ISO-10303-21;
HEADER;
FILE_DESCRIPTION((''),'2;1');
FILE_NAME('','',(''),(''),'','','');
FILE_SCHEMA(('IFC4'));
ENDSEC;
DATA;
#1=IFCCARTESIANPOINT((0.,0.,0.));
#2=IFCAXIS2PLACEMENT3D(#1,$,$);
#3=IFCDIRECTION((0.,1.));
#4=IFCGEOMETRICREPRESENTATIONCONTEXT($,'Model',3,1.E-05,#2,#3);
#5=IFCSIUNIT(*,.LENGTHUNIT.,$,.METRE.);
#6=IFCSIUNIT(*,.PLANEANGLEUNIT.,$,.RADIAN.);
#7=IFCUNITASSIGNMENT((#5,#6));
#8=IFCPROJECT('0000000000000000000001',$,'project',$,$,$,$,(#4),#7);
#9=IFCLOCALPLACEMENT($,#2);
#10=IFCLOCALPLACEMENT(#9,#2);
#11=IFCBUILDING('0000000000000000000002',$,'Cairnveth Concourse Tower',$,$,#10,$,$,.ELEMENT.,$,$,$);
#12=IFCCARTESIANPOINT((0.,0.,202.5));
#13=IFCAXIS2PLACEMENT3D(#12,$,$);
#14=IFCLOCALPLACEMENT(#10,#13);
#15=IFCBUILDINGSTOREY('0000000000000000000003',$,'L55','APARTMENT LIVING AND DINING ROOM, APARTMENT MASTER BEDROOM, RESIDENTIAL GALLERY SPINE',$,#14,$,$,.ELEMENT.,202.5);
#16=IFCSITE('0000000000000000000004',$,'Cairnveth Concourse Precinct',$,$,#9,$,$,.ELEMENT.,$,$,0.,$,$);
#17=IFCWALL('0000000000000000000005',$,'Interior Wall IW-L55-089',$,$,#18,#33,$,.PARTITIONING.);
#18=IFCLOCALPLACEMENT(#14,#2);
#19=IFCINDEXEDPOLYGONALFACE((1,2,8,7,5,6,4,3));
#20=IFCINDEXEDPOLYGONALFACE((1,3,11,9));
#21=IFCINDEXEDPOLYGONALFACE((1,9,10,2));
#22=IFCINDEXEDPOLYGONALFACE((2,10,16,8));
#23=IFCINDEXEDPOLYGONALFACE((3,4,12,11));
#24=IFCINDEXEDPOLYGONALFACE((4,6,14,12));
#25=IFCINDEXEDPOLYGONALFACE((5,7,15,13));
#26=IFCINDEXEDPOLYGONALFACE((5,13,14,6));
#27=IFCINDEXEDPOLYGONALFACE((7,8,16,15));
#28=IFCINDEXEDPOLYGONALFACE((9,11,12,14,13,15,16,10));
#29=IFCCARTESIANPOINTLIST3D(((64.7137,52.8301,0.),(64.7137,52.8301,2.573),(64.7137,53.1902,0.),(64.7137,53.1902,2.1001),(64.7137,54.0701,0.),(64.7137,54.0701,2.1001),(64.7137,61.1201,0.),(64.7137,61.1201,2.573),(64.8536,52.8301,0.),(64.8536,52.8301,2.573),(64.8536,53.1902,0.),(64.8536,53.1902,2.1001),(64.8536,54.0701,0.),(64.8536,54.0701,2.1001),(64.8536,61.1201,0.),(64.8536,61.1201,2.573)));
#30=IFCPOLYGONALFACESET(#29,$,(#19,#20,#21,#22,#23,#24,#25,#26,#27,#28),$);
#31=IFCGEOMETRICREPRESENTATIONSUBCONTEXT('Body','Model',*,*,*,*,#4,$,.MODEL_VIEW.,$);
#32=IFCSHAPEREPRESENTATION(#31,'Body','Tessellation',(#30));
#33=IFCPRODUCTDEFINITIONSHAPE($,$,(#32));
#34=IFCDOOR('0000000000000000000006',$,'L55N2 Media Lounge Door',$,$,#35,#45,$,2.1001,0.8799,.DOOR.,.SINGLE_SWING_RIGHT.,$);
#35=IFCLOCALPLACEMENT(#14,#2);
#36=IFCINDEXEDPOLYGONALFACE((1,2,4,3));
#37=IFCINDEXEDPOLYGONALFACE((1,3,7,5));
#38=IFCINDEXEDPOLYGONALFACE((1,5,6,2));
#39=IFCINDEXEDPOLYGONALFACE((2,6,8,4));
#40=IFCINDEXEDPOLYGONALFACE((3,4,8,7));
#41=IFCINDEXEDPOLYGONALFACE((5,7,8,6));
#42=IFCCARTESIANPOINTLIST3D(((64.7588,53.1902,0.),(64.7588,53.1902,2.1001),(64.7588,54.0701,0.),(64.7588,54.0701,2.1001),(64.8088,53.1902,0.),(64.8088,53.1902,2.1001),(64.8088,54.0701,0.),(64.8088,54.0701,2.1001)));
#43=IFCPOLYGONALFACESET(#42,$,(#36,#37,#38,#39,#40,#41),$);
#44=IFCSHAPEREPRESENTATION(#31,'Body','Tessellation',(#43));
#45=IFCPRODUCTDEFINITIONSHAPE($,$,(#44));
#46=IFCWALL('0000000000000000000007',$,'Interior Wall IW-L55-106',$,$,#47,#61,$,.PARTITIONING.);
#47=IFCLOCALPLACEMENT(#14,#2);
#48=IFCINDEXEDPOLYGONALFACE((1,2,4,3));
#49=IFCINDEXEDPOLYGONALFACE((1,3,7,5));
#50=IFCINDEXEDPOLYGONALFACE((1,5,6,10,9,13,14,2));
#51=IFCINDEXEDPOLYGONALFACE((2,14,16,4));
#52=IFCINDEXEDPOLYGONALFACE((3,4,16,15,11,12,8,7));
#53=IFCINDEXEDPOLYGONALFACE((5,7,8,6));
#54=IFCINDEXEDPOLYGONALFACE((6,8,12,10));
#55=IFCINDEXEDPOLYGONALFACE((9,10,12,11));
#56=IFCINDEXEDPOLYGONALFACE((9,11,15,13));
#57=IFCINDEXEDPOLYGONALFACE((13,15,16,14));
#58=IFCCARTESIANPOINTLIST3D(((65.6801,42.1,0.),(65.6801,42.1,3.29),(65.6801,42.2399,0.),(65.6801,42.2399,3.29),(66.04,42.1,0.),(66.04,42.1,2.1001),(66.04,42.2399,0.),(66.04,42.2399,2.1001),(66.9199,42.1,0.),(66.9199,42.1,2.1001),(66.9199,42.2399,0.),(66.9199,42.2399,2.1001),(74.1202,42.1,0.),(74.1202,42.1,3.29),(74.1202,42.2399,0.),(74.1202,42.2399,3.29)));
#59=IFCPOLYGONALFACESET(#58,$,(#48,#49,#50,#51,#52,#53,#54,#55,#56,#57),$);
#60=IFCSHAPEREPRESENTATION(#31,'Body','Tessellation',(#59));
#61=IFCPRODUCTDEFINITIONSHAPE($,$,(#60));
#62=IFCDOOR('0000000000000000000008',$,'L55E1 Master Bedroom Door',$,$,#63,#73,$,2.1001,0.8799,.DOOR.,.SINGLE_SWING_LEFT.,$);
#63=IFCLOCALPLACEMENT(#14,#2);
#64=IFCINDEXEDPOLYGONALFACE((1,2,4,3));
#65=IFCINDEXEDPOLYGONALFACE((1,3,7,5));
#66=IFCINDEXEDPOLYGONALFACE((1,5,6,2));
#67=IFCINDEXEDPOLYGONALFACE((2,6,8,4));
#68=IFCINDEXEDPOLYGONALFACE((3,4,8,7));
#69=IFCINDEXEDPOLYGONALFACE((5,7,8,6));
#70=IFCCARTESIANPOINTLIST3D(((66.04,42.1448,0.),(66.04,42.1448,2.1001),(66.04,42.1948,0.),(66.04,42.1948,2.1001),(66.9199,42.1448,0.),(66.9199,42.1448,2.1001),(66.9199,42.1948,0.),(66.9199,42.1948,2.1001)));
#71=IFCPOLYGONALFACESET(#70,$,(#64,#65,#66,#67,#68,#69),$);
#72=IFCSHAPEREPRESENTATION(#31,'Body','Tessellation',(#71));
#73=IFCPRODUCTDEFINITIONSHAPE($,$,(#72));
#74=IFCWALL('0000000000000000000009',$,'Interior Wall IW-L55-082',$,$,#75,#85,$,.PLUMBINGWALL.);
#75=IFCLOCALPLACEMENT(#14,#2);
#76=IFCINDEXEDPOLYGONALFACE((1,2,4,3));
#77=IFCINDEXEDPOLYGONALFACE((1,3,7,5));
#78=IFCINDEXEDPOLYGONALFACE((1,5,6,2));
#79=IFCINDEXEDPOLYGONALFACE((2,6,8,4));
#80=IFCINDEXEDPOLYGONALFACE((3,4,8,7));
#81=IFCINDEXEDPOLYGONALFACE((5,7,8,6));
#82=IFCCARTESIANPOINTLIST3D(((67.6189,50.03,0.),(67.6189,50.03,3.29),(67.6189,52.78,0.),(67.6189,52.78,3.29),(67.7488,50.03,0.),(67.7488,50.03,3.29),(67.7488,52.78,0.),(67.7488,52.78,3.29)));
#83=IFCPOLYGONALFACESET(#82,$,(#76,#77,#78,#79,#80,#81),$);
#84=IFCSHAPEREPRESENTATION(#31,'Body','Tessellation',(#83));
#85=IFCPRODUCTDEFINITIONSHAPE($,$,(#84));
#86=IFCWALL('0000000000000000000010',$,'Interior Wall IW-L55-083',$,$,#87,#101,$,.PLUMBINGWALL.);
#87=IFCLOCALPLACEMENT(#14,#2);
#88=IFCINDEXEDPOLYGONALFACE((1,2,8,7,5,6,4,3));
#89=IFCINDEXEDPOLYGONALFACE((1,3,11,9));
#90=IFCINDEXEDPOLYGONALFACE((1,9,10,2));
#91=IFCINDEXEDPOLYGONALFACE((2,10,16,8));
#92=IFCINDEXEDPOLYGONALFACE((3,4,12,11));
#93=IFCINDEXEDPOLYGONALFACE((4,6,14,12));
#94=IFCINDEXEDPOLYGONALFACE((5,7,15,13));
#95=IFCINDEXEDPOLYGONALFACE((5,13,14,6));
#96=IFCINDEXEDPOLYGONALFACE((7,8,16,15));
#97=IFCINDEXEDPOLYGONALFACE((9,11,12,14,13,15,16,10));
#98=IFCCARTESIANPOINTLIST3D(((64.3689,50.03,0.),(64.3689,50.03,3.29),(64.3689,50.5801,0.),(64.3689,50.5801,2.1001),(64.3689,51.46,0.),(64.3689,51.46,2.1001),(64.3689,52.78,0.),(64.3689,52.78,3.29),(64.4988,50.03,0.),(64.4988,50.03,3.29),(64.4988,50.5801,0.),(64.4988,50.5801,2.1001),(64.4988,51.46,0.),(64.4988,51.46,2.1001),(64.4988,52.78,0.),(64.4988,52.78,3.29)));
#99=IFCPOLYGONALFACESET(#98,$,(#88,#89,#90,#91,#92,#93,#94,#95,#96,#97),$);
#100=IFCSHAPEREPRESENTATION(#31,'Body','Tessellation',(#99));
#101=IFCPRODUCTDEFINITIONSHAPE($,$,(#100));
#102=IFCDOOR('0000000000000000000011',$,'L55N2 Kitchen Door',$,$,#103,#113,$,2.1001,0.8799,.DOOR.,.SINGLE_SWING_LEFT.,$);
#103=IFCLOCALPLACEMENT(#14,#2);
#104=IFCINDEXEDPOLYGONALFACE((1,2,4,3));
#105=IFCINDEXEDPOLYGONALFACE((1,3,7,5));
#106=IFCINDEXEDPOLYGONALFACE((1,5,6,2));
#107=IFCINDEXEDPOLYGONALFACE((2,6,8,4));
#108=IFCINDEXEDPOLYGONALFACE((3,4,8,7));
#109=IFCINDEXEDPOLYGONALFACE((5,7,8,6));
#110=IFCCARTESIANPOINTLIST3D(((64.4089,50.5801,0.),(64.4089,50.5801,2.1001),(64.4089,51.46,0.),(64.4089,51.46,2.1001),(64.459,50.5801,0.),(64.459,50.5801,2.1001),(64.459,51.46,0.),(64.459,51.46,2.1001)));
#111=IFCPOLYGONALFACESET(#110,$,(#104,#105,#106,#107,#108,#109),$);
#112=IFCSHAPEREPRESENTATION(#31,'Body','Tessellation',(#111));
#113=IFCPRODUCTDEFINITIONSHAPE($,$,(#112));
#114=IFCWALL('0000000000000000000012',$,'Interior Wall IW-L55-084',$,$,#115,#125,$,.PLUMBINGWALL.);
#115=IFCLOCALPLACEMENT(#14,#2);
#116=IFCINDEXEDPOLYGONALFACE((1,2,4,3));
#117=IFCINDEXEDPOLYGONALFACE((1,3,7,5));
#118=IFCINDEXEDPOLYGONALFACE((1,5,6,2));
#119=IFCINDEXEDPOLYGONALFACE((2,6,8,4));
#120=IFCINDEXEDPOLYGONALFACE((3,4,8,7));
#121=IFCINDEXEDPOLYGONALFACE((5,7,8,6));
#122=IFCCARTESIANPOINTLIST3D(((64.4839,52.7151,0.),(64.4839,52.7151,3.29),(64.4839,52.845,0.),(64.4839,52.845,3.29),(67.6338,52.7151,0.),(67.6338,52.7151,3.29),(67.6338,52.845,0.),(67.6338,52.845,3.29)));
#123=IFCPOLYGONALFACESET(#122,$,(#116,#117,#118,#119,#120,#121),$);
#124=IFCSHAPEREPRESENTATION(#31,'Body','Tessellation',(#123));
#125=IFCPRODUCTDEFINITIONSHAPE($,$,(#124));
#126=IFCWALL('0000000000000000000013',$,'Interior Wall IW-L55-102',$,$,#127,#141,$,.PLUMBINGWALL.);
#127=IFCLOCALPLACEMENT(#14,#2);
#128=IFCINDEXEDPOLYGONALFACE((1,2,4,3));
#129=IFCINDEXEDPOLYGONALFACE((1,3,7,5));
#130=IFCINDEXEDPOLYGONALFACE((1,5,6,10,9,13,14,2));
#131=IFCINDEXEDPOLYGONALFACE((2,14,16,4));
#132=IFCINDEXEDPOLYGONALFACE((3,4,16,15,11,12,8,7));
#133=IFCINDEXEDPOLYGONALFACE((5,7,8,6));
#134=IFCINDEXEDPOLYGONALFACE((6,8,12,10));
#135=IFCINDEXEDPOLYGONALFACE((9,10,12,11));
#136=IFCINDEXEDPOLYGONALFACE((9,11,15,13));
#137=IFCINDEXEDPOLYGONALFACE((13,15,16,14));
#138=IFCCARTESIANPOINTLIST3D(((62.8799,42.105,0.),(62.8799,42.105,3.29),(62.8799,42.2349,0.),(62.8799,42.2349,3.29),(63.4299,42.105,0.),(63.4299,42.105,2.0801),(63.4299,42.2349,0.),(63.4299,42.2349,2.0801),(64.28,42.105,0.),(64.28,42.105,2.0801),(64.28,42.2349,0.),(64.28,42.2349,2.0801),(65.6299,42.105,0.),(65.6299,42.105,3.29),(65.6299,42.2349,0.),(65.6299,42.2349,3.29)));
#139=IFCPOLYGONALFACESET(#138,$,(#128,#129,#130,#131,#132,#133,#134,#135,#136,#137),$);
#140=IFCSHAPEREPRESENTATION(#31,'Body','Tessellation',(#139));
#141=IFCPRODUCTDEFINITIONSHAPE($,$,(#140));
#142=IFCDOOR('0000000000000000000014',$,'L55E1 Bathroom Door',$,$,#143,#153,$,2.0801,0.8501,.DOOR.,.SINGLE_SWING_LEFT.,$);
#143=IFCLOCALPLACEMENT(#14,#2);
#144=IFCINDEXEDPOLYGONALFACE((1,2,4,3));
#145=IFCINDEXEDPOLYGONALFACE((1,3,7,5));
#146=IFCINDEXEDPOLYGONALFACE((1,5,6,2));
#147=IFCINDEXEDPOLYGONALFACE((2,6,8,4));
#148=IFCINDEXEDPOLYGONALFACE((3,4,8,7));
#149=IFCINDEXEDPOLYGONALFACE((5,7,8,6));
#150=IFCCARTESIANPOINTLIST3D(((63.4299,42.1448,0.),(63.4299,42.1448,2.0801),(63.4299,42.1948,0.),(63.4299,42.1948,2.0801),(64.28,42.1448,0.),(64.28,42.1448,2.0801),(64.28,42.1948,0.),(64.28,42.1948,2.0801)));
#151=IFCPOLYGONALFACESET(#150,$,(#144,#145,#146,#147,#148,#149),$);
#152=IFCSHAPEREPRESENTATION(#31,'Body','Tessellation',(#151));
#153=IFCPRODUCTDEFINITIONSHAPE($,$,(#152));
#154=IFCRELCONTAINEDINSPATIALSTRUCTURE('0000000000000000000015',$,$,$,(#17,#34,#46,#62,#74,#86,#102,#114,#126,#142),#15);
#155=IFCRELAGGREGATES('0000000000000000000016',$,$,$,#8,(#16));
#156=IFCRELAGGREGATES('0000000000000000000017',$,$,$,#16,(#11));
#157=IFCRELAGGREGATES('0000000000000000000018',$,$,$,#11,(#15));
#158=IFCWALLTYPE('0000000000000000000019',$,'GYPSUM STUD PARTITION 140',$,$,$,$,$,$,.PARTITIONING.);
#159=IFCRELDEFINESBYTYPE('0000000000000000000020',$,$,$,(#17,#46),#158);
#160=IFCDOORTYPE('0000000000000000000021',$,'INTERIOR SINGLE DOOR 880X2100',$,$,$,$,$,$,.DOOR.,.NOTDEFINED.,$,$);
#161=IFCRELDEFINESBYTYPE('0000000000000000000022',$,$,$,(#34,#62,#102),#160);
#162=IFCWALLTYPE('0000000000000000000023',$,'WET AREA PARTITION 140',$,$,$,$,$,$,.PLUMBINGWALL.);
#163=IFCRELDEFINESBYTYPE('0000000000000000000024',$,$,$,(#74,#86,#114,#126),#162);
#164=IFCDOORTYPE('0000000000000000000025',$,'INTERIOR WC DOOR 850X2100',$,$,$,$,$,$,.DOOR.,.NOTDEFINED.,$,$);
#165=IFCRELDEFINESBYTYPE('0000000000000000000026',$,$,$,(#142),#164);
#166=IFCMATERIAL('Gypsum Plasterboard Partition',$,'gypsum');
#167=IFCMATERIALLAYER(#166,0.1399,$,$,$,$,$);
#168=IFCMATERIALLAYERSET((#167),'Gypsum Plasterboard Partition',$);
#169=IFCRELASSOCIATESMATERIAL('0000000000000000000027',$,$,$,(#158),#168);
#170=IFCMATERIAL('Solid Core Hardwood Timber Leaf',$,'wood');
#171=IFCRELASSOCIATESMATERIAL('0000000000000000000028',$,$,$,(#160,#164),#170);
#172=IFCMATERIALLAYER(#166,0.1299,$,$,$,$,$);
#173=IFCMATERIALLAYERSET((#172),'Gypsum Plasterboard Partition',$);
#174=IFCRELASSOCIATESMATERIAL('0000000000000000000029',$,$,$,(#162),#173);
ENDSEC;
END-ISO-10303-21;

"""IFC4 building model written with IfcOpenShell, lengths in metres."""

from ifc_helpers import new_model, si_unit, direction, frame, frame_2d, origin, place, context, subcontext, project, spatial, rectangle, extrude, material, layer, layer_set, type_object, element, fill, save


model = new_model("IFC4")

# Units and contexts
model_context = context("Model", 3, precision=1e-05, world=origin(), true_north=direction((0.0, 1.0)))
body_context = subcontext(model_context, "Body", "Model", "MODEL_VIEW")
ifc_project = project(units=[si_unit("LENGTHUNIT", "METRE"), si_unit("PLANEANGLEUNIT", "RADIAN")], contexts=[model_context])

# Site, building, storey
site_placement = place(None, origin())
site = spatial("IfcSite", under=ifc_project, at=site_placement, Name="Cairnveth Concourse Precinct", CompositionType="ELEMENT", RefElevation=0.0)
building_placement = place(site_placement, origin())
building = spatial("IfcBuilding", under=site, at=building_placement, Name="Cairnveth Concourse Tower", CompositionType="ELEMENT")
storey_placement = place(building_placement, frame((0.0, 0.0, 202.5)))
storey = spatial("IfcBuildingStorey", under=building, at=storey_placement, Name="L55", Description="APARTMENT LIVING AND DINING ROOM, APARTMENT MASTER BEDROOM, RESIDENTIAL GALLERY SPINE", CompositionType="ELEMENT", Elevation=202.5)

# Shared definitions
ifc_material_1 = material(Name="Gypsum Plasterboard Partition", Category="gypsum")

# Walls, openings, doors
ifc_layer_1 = layer(ifc_material_1, 0.1399)
ifc_layer_set_1 = layer_set([ifc_layer_1], Name="Gypsum Plasterboard Partition")
wall_type_1 = type_object("IfcWallType", Name="GYPSUM STUD PARTITION 140", PredefinedType="PARTITIONING", material=ifc_layer_set_1)
ifc_material_2 = material(Name="Solid Core Hardwood Timber Leaf", Category="wood")
door_type_1 = type_object("IfcDoorType", Name="INTERIOR SINGLE DOOR 880X2100", OperationType="NOTDEFINED", PredefinedType="DOOR", material=ifc_material_2)
wall_1_placement = place(storey_placement, frame((64.7837, 52.8301, 0.0), z_axis=(0.0, 0.0, 1.0), x_axis=(0.0, 1.0, 0.0)))
wall_1 = element("IfcWall", 1, at=wall_1_placement, inside=storey, type_object=wall_type_1, Name="Interior Wall IW-L55-089", PredefinedType="PARTITIONING", context=body_context, shape_type="SweptSolid", body=[
    extrude(rectangle(XDim=8.29, YDim=0.1399, at=frame_2d((4.145, 0.0))), origin(), (0.0, 0.0, 1.0), 2.573),
])
opening_1_placement = place(wall_1_placement, frame((0.3601, 0.0, 0.0)))
opening_1 = element("IfcOpeningElement", 2, at=opening_1_placement, cuts=wall_1, PredefinedType="OPENING", context=body_context, shape_type="SweptSolid", body=[
    extrude(rectangle(XDim=0.8799, YDim=2.1001, at=frame_2d((0.4399, 1.05))), frame((0.0, 0.0798, 0.0), z_axis=(0.0, -1.0, 0.0), x_axis=(1.0, 0.0, 0.0)), (0.0, 0.0, 1.0), 0.1599),
])
door_1_placement = place(opening_1_placement, origin())
door_1 = element("IfcDoor", 3, at=door_1_placement, inside=storey, type_object=door_type_1, Name="L55N2 Media Lounge Door", OperationType="SINGLE_SWING_RIGHT", OverallHeight=2.1001, OverallWidth=0.8799, PredefinedType="DOOR", context=body_context, shape_type="SweptSolid", body=[
    extrude(rectangle(XDim=0.8799, YDim=2.1001, at=frame_2d((0.4399, 1.05))), frame((0.0, 0.0249, 0.0), z_axis=(0.0, -1.0, 0.0), x_axis=(1.0, 0.0, 0.0)), (0.0, 0.0, 1.0), 0.05),
])
fill(opening_1, door_1)
wall_2_placement = place(storey_placement, frame((65.6799, 42.1699, 0.0), z_axis=(0.0, 0.0, 1.0), x_axis=(1.0, 0.0, 0.0)))
wall_2 = element("IfcWall", 4, at=wall_2_placement, inside=storey, type_object=wall_type_1, Name="Interior Wall IW-L55-106", PredefinedType="PARTITIONING", context=body_context, shape_type="SweptSolid", body=[
    extrude(rectangle(XDim=8.4402, YDim=0.1399, at=frame_2d((4.2202, 0.0))), origin(), (0.0, 0.0, 1.0), 3.29),
])
opening_2_placement = place(wall_2_placement, frame((0.3601, 0.0, 0.0)))
opening_2 = element("IfcOpeningElement", 5, at=opening_2_placement, cuts=wall_2, PredefinedType="OPENING", context=body_context, shape_type="SweptSolid", body=[
    extrude(rectangle(XDim=0.8799, YDim=2.1001, at=frame_2d((0.4399, 1.05))), frame((0.0, 0.0798, 0.0), z_axis=(0.0, -1.0, 0.0), x_axis=(1.0, 0.0, 0.0)), (0.0, 0.0, 1.0), 0.1599),
])
door_2_placement = place(opening_2_placement, origin())
door_2 = element("IfcDoor", 6, at=door_2_placement, inside=storey, type_object=door_type_1, Name="L55E1 Master Bedroom Door", OperationType="SINGLE_SWING_LEFT", OverallHeight=2.1001, OverallWidth=0.8799, PredefinedType="DOOR", context=body_context, shape_type="SweptSolid", body=[
    extrude(rectangle(XDim=0.8799, YDim=2.1001, at=frame_2d((0.4399, 1.05))), frame((0.0, 0.0249, 0.0), z_axis=(0.0, -1.0, 0.0), x_axis=(1.0, 0.0, 0.0)), (0.0, 0.0, 1.0), 0.05),
])
fill(opening_2, door_2)

# Wall
ifc_layer_2 = layer(ifc_material_1, 0.1299)
ifc_layer_set_2 = layer_set([ifc_layer_2], Name="Gypsum Plasterboard Partition")
wall_type_2 = type_object("IfcWallType", Name="WET AREA PARTITION 140", PredefinedType="PLUMBINGWALL", material=ifc_layer_set_2)
wall_3_placement = place(storey_placement, frame((67.6838, 50.03, 0.0), z_axis=(0.0, 0.0, 1.0), x_axis=(0.0, 1.0, 0.0)))
element("IfcWall", 7, at=wall_3_placement, inside=storey, type_object=wall_type_2, Name="Interior Wall IW-L55-082", PredefinedType="PLUMBINGWALL", context=body_context, shape_type="SweptSolid", body=[
    extrude(rectangle(XDim=2.75, YDim=0.1299, at=frame_2d((1.375, 0.0))), origin(), (0.0, 0.0, 1.0), 3.29),
])

# Wall, opening, door
wall_4_placement = place(storey_placement, frame((64.4338, 50.03, 0.0), z_axis=(0.0, 0.0, 1.0), x_axis=(0.0, 1.0, 0.0)))
wall_4 = element("IfcWall", 8, at=wall_4_placement, inside=storey, type_object=wall_type_2, Name="Interior Wall IW-L55-083", PredefinedType="PLUMBINGWALL", context=body_context, shape_type="SweptSolid", body=[
    extrude(rectangle(XDim=2.75, YDim=0.1299, at=frame_2d((1.375, 0.0))), origin(), (0.0, 0.0, 1.0), 3.29),
])
opening_3_placement = place(wall_4_placement, frame((0.55, 0.0, 0.0)))
opening_3 = element("IfcOpeningElement", 9, at=opening_3_placement, cuts=wall_4, PredefinedType="OPENING", context=body_context, shape_type="SweptSolid", body=[
    extrude(rectangle(XDim=0.8799, YDim=2.1001, at=frame_2d((0.4399, 1.05))), frame((0.0, 0.075, 0.0), z_axis=(0.0, -1.0, 0.0), x_axis=(1.0, 0.0, 0.0)), (0.0, 0.0, 1.0), 0.1499),
])
door_3_placement = place(opening_3_placement, origin())
door_3 = element("IfcDoor", 10, at=door_3_placement, inside=storey, type_object=door_type_1, Name="L55N2 Kitchen Door", OperationType="SINGLE_SWING_LEFT", OverallHeight=2.1001, OverallWidth=0.8799, PredefinedType="DOOR", context=body_context, shape_type="SweptSolid", body=[
    extrude(rectangle(XDim=0.8799, YDim=2.1001, at=frame_2d((0.4399, 1.05))), frame((0.0, 0.0249, 0.0), z_axis=(0.0, -1.0, 0.0), x_axis=(1.0, 0.0, 0.0)), (0.0, 0.0, 1.0), 0.05),
])
fill(opening_3, door_3)

# Wall
wall_5_placement = place(storey_placement, frame((64.4839, 52.78, 0.0), z_axis=(0.0, 0.0, 1.0), x_axis=(1.0, 0.0, 0.0)))
element("IfcWall", 11, at=wall_5_placement, inside=storey, type_object=wall_type_2, Name="Interior Wall IW-L55-084", PredefinedType="PLUMBINGWALL", context=body_context, shape_type="SweptSolid", body=[
    extrude(rectangle(XDim=3.1499, YDim=0.1299, at=frame_2d((1.575, 0.0))), origin(), (0.0, 0.0, 1.0), 3.29),
])

# Wall, opening, door
wall_6_placement = place(storey_placement, frame((62.8799, 42.1699, 0.0), z_axis=(0.0, 0.0, 1.0), x_axis=(1.0, 0.0, 0.0)))
wall_6 = element("IfcWall", 12, at=wall_6_placement, inside=storey, type_object=wall_type_2, Name="Interior Wall IW-L55-102", PredefinedType="PLUMBINGWALL", context=body_context, shape_type="SweptSolid", body=[
    extrude(rectangle(XDim=2.75, YDim=0.1299, at=frame_2d((1.375, 0.0))), origin(), (0.0, 0.0, 1.0), 3.29),
])
opening_4_placement = place(wall_6_placement, frame((0.55, 0.0, 0.0)))
opening_4 = element("IfcOpeningElement", 13, at=opening_4_placement, cuts=wall_6, PredefinedType="OPENING", context=body_context, shape_type="SweptSolid", body=[
    extrude(rectangle(XDim=0.8501, YDim=2.0801, at=frame_2d((0.425, 1.04))), frame((0.0, 0.075, 0.0), z_axis=(0.0, -1.0, 0.0), x_axis=(1.0, 0.0, 0.0)), (0.0, 0.0, 1.0), 0.1499),
])
door_type_2 = type_object("IfcDoorType", Name="INTERIOR WC DOOR 850X2100", OperationType="NOTDEFINED", PredefinedType="DOOR", material=ifc_material_2)
door_4_placement = place(opening_4_placement, origin())
door_4 = element("IfcDoor", 14, at=door_4_placement, inside=storey, type_object=door_type_2, Name="L55E1 Bathroom Door", OperationType="SINGLE_SWING_LEFT", OverallHeight=2.0801, OverallWidth=0.8501, PredefinedType="DOOR", context=body_context, shape_type="SweptSolid", body=[
    extrude(rectangle(XDim=0.8501, YDim=2.0801, at=frame_2d((0.425, 1.04))), frame((0.0, 0.0249, 0.0), z_axis=(0.0, -1.0, 0.0), x_axis=(1.0, 0.0, 0.0)), (0.0, 0.0, 1.0), 0.05),
])
fill(opening_4, door_4)

save(model, "model.ifc")
